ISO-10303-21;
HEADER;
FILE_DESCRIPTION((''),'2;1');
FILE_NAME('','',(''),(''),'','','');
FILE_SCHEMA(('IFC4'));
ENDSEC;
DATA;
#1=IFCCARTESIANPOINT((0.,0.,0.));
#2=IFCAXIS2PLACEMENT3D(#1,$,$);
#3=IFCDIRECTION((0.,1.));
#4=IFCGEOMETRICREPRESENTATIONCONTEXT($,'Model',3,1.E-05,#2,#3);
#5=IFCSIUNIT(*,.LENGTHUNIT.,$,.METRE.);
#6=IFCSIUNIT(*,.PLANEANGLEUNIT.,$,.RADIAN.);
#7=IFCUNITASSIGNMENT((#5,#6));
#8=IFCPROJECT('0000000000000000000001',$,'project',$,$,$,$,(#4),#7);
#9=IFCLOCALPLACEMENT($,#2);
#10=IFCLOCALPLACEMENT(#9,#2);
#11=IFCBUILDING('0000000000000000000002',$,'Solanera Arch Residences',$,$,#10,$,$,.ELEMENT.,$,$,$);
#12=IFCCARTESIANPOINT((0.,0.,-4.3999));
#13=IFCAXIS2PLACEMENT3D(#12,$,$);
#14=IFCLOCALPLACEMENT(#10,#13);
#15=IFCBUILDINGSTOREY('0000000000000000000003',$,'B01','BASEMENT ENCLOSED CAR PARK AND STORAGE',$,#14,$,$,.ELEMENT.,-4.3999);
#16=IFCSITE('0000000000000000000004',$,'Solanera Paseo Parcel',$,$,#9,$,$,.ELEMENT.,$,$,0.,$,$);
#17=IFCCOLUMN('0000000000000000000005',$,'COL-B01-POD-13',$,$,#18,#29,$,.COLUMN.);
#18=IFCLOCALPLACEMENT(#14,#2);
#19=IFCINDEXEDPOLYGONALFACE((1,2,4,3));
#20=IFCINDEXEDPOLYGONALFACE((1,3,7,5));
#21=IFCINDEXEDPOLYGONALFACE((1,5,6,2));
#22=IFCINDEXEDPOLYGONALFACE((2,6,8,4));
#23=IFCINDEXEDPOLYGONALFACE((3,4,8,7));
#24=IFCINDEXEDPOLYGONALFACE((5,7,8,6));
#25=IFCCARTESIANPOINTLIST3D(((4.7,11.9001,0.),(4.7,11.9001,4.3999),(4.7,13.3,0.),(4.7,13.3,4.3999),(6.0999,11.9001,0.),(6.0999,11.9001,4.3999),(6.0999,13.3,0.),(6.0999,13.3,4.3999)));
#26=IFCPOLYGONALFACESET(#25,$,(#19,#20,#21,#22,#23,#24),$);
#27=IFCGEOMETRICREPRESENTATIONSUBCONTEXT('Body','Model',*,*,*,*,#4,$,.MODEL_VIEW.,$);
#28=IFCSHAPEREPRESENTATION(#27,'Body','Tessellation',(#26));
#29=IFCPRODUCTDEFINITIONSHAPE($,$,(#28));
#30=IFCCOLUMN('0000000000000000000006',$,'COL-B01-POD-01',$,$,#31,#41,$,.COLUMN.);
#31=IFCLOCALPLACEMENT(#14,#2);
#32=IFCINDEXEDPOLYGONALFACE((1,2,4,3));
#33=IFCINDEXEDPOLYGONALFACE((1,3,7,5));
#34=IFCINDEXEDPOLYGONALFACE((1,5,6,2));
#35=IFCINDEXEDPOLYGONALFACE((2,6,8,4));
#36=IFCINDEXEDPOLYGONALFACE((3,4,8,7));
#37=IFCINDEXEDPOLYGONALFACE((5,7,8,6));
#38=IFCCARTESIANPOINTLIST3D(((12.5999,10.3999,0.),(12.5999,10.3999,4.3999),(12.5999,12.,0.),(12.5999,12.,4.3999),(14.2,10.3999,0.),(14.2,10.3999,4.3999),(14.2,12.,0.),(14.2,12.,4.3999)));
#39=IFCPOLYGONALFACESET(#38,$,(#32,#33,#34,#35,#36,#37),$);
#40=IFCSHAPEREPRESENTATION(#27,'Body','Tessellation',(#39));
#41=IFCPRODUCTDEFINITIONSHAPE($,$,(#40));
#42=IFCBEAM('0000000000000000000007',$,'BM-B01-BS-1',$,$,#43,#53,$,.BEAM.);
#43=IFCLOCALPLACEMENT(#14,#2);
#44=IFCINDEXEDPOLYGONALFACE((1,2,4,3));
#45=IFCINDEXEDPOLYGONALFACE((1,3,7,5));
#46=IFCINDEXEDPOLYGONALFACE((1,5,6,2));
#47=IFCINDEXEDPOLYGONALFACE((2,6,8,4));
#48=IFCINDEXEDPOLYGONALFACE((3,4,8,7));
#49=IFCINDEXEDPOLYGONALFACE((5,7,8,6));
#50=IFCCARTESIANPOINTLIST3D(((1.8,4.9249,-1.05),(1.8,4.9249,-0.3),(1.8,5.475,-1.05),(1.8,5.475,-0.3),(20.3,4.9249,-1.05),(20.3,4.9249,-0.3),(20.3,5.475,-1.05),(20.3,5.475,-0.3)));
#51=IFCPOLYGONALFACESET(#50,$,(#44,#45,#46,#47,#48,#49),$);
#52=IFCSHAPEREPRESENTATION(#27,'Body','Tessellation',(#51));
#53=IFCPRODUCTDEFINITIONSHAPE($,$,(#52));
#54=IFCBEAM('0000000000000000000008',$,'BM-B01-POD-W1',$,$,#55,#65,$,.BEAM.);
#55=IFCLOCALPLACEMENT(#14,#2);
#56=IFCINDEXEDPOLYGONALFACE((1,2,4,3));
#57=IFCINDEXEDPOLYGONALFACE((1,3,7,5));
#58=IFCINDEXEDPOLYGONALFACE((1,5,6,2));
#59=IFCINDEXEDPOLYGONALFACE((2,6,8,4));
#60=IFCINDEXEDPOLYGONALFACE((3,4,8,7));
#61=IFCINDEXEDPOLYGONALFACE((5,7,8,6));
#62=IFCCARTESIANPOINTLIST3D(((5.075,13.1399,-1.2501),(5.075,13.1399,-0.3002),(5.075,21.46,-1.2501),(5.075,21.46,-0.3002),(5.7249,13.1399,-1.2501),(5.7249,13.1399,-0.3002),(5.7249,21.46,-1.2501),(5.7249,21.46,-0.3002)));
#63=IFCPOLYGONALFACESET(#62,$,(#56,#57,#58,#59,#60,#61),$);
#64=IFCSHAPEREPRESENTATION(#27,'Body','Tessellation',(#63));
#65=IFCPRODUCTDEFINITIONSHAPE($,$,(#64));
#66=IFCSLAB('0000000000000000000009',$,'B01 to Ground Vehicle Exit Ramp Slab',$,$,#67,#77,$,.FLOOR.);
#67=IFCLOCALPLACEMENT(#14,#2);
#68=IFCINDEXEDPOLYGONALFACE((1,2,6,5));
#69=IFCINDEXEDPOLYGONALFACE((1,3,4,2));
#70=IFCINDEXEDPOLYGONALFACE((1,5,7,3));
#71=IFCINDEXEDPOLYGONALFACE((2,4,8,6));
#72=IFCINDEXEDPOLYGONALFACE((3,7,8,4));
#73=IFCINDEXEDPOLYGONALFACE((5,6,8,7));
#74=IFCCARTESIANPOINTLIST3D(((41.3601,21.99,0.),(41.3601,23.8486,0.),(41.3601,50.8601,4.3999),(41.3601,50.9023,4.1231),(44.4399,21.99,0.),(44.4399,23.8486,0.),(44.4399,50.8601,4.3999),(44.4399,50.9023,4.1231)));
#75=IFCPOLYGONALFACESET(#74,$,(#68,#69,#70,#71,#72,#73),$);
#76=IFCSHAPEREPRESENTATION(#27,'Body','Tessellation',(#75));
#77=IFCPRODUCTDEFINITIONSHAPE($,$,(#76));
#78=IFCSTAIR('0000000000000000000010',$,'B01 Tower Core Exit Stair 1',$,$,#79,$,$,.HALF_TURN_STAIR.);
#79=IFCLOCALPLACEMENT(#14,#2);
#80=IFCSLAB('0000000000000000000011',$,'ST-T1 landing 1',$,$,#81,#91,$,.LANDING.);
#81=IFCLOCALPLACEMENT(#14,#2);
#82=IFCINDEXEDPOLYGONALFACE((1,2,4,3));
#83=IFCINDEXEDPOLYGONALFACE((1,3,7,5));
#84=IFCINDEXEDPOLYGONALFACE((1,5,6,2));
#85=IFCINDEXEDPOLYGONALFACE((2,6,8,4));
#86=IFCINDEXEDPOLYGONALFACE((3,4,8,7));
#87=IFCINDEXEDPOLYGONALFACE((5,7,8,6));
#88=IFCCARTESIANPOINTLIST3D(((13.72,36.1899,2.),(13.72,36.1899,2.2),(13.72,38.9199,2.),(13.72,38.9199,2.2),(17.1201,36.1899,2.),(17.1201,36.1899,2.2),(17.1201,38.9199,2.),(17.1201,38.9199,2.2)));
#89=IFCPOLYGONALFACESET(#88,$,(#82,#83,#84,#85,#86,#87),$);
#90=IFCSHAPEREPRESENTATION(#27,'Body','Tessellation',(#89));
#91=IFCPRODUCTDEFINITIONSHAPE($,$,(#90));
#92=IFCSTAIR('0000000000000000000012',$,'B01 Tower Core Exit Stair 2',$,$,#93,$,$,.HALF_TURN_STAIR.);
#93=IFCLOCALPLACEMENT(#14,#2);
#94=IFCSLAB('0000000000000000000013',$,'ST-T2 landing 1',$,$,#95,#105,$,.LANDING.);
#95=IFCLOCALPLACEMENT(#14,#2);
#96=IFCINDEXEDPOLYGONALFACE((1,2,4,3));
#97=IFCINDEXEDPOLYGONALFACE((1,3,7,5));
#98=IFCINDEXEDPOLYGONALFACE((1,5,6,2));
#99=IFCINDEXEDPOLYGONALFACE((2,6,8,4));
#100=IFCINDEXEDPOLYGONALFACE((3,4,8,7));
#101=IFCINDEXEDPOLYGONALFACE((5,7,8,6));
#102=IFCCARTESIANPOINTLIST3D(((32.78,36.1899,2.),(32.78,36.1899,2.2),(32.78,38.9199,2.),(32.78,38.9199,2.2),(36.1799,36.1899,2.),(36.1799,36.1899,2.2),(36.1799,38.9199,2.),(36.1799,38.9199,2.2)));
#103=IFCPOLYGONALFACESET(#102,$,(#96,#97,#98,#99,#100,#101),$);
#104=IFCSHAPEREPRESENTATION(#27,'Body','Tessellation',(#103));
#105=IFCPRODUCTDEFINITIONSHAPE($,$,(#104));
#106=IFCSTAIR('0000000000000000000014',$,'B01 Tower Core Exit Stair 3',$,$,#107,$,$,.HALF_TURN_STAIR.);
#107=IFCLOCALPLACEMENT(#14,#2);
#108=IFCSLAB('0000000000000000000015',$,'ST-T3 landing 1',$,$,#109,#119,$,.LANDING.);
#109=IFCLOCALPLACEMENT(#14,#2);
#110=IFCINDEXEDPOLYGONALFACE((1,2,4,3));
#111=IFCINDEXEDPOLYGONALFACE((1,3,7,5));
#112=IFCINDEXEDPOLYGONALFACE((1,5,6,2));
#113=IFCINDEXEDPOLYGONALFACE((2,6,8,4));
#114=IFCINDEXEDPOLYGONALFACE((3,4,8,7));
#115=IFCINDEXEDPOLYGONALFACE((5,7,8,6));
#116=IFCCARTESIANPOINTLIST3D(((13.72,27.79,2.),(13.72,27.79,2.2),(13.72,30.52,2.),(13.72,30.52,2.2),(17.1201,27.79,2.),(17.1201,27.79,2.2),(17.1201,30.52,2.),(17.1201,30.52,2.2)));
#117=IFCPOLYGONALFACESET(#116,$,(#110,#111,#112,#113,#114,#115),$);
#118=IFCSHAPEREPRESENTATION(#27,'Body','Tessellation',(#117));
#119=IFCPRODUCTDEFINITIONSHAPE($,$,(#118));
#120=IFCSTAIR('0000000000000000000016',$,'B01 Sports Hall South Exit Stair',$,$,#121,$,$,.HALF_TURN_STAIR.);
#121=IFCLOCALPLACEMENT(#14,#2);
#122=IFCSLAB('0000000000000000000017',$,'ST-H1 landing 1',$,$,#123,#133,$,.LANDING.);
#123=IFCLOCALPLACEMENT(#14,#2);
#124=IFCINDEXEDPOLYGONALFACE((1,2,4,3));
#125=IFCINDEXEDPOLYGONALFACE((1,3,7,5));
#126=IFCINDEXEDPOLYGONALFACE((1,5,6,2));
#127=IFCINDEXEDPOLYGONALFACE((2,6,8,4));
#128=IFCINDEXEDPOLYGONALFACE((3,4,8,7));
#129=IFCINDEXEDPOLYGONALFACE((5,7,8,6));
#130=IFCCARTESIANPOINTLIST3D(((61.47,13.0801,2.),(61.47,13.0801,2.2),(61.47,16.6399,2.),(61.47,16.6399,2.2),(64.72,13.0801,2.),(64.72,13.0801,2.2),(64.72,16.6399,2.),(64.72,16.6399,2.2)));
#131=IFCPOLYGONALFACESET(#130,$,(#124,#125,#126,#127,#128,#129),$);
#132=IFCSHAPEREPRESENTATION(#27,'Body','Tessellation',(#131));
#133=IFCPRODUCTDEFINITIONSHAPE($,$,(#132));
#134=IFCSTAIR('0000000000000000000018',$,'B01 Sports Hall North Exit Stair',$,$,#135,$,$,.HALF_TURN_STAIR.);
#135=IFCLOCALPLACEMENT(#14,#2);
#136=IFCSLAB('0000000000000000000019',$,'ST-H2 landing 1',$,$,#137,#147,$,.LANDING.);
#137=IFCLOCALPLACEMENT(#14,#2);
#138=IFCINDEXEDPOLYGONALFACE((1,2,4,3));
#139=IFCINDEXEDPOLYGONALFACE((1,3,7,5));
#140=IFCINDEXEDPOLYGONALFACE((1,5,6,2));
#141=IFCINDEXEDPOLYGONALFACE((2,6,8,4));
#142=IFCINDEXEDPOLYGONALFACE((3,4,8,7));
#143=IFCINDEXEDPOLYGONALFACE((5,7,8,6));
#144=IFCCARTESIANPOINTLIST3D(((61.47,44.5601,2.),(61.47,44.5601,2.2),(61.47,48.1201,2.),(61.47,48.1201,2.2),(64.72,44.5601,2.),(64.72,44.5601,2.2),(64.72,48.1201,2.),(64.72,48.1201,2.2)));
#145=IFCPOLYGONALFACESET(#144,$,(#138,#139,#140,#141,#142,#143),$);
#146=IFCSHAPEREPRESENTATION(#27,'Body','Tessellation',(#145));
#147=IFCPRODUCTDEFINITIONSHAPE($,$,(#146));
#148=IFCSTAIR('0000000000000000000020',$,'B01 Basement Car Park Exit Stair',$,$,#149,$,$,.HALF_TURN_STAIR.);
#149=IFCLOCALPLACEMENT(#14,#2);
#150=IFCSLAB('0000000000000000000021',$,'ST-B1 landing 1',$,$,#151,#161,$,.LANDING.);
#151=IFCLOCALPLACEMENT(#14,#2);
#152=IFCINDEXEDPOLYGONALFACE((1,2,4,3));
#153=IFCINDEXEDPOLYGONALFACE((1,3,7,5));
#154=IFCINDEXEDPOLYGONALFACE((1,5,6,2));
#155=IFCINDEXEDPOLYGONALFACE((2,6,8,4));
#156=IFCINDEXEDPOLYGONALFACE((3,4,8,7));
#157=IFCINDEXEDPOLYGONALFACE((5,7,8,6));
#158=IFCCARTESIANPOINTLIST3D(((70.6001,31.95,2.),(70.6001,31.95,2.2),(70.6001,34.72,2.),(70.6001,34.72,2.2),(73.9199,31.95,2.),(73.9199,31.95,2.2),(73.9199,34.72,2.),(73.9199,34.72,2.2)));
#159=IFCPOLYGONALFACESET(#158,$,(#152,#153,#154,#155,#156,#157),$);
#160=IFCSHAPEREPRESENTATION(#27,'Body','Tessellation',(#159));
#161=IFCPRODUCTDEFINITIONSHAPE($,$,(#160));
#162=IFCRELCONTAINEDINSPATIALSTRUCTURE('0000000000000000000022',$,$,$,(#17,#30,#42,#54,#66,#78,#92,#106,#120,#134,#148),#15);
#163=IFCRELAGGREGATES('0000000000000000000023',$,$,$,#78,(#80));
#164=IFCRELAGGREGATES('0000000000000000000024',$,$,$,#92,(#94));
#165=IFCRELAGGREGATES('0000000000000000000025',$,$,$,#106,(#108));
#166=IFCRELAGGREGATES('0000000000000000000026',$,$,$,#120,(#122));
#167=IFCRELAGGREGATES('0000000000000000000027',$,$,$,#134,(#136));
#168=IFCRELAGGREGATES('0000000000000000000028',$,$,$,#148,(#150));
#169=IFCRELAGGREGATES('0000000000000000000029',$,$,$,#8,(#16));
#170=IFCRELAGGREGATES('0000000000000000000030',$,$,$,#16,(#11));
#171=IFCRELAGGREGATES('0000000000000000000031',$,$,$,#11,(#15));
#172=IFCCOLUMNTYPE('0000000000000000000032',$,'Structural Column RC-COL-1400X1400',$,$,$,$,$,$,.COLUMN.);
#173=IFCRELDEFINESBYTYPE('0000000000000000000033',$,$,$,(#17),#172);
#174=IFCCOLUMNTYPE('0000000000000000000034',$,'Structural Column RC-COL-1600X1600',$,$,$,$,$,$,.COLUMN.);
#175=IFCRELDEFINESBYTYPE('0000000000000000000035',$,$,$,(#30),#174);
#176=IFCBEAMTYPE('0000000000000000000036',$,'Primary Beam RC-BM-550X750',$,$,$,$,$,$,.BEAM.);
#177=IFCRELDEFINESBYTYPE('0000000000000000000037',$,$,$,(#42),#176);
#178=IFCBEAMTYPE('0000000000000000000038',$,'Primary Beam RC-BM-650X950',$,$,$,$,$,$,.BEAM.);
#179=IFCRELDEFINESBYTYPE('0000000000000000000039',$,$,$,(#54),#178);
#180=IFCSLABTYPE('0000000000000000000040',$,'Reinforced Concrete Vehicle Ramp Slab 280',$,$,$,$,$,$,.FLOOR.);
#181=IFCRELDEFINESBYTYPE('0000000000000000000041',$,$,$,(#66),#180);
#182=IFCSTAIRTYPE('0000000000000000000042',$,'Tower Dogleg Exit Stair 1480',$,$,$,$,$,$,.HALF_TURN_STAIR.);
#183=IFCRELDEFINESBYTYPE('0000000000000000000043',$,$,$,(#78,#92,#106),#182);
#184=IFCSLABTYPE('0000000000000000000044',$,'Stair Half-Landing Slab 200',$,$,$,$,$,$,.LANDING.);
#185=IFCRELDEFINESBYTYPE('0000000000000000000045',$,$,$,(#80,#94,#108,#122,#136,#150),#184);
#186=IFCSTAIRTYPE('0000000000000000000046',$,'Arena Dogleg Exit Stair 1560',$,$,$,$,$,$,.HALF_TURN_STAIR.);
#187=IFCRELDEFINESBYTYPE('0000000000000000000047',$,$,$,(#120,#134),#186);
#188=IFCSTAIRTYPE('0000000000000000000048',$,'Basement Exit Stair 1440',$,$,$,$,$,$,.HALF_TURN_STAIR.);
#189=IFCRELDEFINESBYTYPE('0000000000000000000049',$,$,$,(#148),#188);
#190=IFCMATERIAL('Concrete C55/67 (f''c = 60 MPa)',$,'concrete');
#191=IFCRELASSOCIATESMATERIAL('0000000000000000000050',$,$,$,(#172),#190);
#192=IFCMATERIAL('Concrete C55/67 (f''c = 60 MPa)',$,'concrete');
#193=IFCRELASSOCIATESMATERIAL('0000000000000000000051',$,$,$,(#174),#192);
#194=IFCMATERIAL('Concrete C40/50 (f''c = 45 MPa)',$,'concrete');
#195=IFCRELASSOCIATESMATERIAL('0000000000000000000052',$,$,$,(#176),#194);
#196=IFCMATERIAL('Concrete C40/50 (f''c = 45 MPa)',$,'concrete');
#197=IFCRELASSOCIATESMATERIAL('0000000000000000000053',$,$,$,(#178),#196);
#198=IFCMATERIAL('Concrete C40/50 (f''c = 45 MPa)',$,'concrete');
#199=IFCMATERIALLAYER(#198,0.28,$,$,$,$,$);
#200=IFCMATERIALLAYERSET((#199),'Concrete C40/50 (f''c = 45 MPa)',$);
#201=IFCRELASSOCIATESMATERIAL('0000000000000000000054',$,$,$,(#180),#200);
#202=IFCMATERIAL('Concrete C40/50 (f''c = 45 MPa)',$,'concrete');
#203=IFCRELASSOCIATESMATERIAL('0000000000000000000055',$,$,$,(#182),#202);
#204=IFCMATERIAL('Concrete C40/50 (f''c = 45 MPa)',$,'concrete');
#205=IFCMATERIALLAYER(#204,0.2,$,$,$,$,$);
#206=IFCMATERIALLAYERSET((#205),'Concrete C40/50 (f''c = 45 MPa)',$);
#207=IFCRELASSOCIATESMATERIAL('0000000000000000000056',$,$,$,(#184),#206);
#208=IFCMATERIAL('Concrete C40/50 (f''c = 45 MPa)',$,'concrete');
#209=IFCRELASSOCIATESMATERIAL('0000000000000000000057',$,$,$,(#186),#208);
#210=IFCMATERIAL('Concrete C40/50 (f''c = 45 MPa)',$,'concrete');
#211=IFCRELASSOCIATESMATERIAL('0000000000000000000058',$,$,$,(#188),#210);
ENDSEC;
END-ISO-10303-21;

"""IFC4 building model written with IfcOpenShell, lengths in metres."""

from ifc_helpers import new_model, si_unit, direction, frame, origin, origin_with_axes, origin_2d, place, context, subcontext, project, spatial, polyline, rectangle, outline, extrude, clip, halfspace, material, layer, layer_set, material_profile, profile_set, type_object, element, aggregate, save


model = new_model("IFC4")

# Units and contexts
model_context = context("Model", 3, precision=1e-05, world=origin(), true_north=direction((0.0, 1.0)))
body_context = subcontext(model_context, "Body", "Model", "MODEL_VIEW")
ifc_project = project(units=[si_unit("LENGTHUNIT", "METRE"), si_unit("PLANEANGLEUNIT", "RADIAN")], contexts=[model_context])

# Site, building, storey
site_placement = place(None, origin())
site = spatial("IfcSite", under=ifc_project, at=site_placement, Name="Solanera Paseo Parcel", CompositionType="ELEMENT", RefElevation=0.0)
building_placement = place(site_placement, origin())
building = spatial("IfcBuilding", under=site, at=building_placement, Name="Solanera Arch Residences", CompositionType="ELEMENT")
storey_placement = place(building_placement, frame((0.0, 0.0, -4.3999)))
storey = spatial("IfcBuildingStorey", under=building, at=storey_placement, Name="B01", Description="BASEMENT ENCLOSED CAR PARK AND STORAGE", CompositionType="ELEMENT", Elevation=-4.3999)

# Columns
ifc_material_1 = material(Name="Concrete C55/67 (f'c = 60 MPa)", Category="concrete")
ifc_material_profile_1 = material_profile(ifc_material_1, rectangle(XDim=1.3999, YDim=1.3999, at=origin_2d()))
ifc_profile_set_1 = profile_set([ifc_material_profile_1], Name="Concrete C55/67 (f'c = 60 MPa)")
column_type_1 = type_object("IfcColumnType", Name="Structural Column RC-COL-1400X1400", PredefinedType="COLUMN", material=ifc_profile_set_1)
column_1_placement = place(storey_placement, frame((5.3999, 12.6001, 0.0), z_axis=(0.0, 0.0, 1.0), x_axis=(1.0, 0.0, 0.0)))
element("IfcColumn", 1, at=column_1_placement, inside=storey, type_object=column_type_1, Name="COL-B01-POD-13", PredefinedType="COLUMN", context=body_context, shape_type="SweptSolid", body=[
    extrude(rectangle(XDim=1.3999, YDim=1.3999, at=origin_2d()), origin(), (0.0, 0.0, 1.0), 4.3999),
])
ifc_material_2 = material(Name="Concrete C55/67 (f'c = 60 MPa)", Category="concrete")
ifc_material_profile_2 = material_profile(ifc_material_2, rectangle(XDim=1.6001, YDim=1.6001, at=origin_2d()))
ifc_profile_set_2 = profile_set([ifc_material_profile_2], Name="Concrete C55/67 (f'c = 60 MPa)")
column_type_2 = type_object("IfcColumnType", Name="Structural Column RC-COL-1600X1600", PredefinedType="COLUMN", material=ifc_profile_set_2)
column_2_placement = place(storey_placement, frame((13.3999, 11.2, 0.0), z_axis=(0.0, 0.0, 1.0), x_axis=(1.0, 0.0, 0.0)))
element("IfcColumn", 2, at=column_2_placement, inside=storey, type_object=column_type_2, Name="COL-B01-POD-01", PredefinedType="COLUMN", context=body_context, shape_type="SweptSolid", body=[
    extrude(rectangle(XDim=1.6001, YDim=1.6001, at=origin_2d()), origin(), (0.0, 0.0, 1.0), 4.3999),
])

# Beams
ifc_material_3 = material(Name="Concrete C40/50 (f'c = 45 MPa)", Category="concrete")
ifc_material_profile_3 = material_profile(ifc_material_3, rectangle(XDim=0.55, YDim=0.75, at=origin_2d()))
ifc_profile_set_3 = profile_set([ifc_material_profile_3], Name="Concrete C40/50 (f'c = 45 MPa)")
beam_type_1 = type_object("IfcBeamType", Name="Primary Beam RC-BM-550X750", PredefinedType="BEAM", material=ifc_profile_set_3)
beam_1_placement = place(storey_placement, frame((1.8, 5.2, -0.675), z_axis=(1.0, 0.0, 0.0), x_axis=(0.0, 1.0, 0.0)))
element("IfcBeam", 3, at=beam_1_placement, inside=storey, type_object=beam_type_1, Name="BM-B01-BS-1", PredefinedType="BEAM", context=body_context, shape_type="SweptSolid", body=[
    extrude(rectangle(XDim=0.55, YDim=0.75, at=origin_2d()), origin(), (0.0, 0.0, 1.0), 18.5),
])
ifc_material_4 = material(Name="Concrete C40/50 (f'c = 45 MPa)", Category="concrete")
ifc_material_profile_4 = material_profile(ifc_material_4, rectangle(XDim=0.6499, YDim=0.95, at=origin_2d()))
ifc_profile_set_4 = profile_set([ifc_material_profile_4], Name="Concrete C40/50 (f'c = 45 MPa)")
beam_type_2 = type_object("IfcBeamType", Name="Primary Beam RC-BM-650X950", PredefinedType="BEAM", material=ifc_profile_set_4)
beam_2_placement = place(storey_placement, frame((5.3999, 13.1399, -0.7751), z_axis=(0.0, 1.0, 0.0), x_axis=(-1.0, 0.0, 0.0)))
element("IfcBeam", 4, at=beam_2_placement, inside=storey, type_object=beam_type_2, Name="BM-B01-POD-W1", PredefinedType="BEAM", context=body_context, shape_type="SweptSolid", body=[
    extrude(rectangle(XDim=0.6499, YDim=0.95, at=origin_2d()), origin(), (0.0, 0.0, 1.0), 8.3201),
])

# Slab
ifc_material_5 = material(Name="Concrete C40/50 (f'c = 45 MPa)", Category="concrete")
ifc_layer_1 = layer(ifc_material_5, 0.28)
ifc_layer_set_1 = layer_set([ifc_layer_1], Name="Concrete C40/50 (f'c = 45 MPa)")
slab_type_1 = type_object("IfcSlabType", Name="Reinforced Concrete Vehicle Ramp Slab 280", PredefinedType="FLOOR", material=ifc_layer_set_1)
slab_1_placement = place(storey_placement, origin())
element("IfcSlab", 5, at=slab_1_placement, inside=storey, type_object=slab_type_1, Name="B01 to Ground Vehicle Exit Ramp Slab", PredefinedType="FLOOR", context=body_context, shape_type="Clipping", body=[
    clip(extrude(outline(polyline([(0.0, 0.0), (3.0798, 0.0), (3.0798, 29.2035), (0.0, 29.2035), (0.0, 0.0)])), frame((41.3601, 21.99, 0.0), z_axis=(0.0, -0.150664, 0.988585), x_axis=(1.0, 0.0, 0.0)), (0.0, 0.0, -1.0), 0.28), halfspace(origin_with_axes(), True)),
])

# Stairs, slabs
ifc_material_6 = material(Name="Concrete C40/50 (f'c = 45 MPa)", Category="concrete")
stair_type_1 = type_object("IfcStairType", Name="Tower Dogleg Exit Stair 1480", PredefinedType="HALF_TURN_STAIR", material=ifc_material_6)
stair_1_placement = place(storey_placement, origin())
stair_1 = element("IfcStair", 6, at=stair_1_placement, inside=storey, type_object=stair_type_1, Name="B01 Tower Core Exit Stair 1", PredefinedType="HALF_TURN_STAIR")
ifc_material_7 = material(Name="Concrete C40/50 (f'c = 45 MPa)", Category="concrete")
ifc_layer_2 = layer(ifc_material_7, 0.2)
ifc_layer_set_2 = layer_set([ifc_layer_2], Name="Concrete C40/50 (f'c = 45 MPa)")
slab_type_2 = type_object("IfcSlabType", Name="Stair Half-Landing Slab 200", PredefinedType="LANDING", material=ifc_layer_set_2)
slab_2_placement = place(storey_placement, frame((0.0, 0.0, 2.0)))
slab_2 = element("IfcSlab", 7, at=slab_2_placement, type_object=slab_type_2, Name="ST-T1 landing 1", PredefinedType="LANDING", context=body_context, shape_type="SweptSolid", body=[
    extrude(outline(polyline([(17.1201, 36.1899), (17.1201, 38.9199), (13.72, 38.9199), (13.72, 36.1899), (17.1201, 36.1899)])), origin(), (0.0, 0.0, 1.0), 0.2),
])
aggregate(stair_1, [slab_2])
stair_2_placement = place(storey_placement, origin())
stair_2 = element("IfcStair", 8, at=stair_2_placement, inside=storey, type_object=stair_type_1, Name="B01 Tower Core Exit Stair 2", PredefinedType="HALF_TURN_STAIR")
slab_3_placement = place(storey_placement, frame((0.0, 0.0, 2.0)))
slab_3 = element("IfcSlab", 9, at=slab_3_placement, type_object=slab_type_2, Name="ST-T2 landing 1", PredefinedType="LANDING", context=body_context, shape_type="SweptSolid", body=[
    extrude(outline(polyline([(36.1799, 36.1899), (36.1799, 38.9199), (32.78, 38.9199), (32.78, 36.1899), (36.1799, 36.1899)])), origin(), (0.0, 0.0, 1.0), 0.2),
])
aggregate(stair_2, [slab_3])
stair_3_placement = place(storey_placement, origin())
stair_3 = element("IfcStair", 10, at=stair_3_placement, inside=storey, type_object=stair_type_1, Name="B01 Tower Core Exit Stair 3", PredefinedType="HALF_TURN_STAIR")
slab_4_placement = place(storey_placement, frame((0.0, 0.0, 2.0)))
slab_4 = element("IfcSlab", 11, at=slab_4_placement, type_object=slab_type_2, Name="ST-T3 landing 1", PredefinedType="LANDING", context=body_context, shape_type="SweptSolid", body=[
    extrude(outline(polyline([(17.1201, 27.79), (17.1201, 30.52), (13.72, 30.52), (13.72, 27.79), (17.1201, 27.79)])), origin(), (0.0, 0.0, 1.0), 0.2),
])
aggregate(stair_3, [slab_4])
ifc_material_8 = material(Name="Concrete C40/50 (f'c = 45 MPa)", Category="concrete")
stair_type_2 = type_object("IfcStairType", Name="Arena Dogleg Exit Stair 1560", PredefinedType="HALF_TURN_STAIR", material=ifc_material_8)
stair_4_placement = place(storey_placement, origin())
stair_4 = element("IfcStair", 12, at=stair_4_placement, inside=storey, type_object=stair_type_2, Name="B01 Sports Hall South Exit Stair", PredefinedType="HALF_TURN_STAIR")
slab_5_placement = place(storey_placement, frame((0.0, 0.0, 2.0)))
slab_5 = element("IfcSlab", 13, at=slab_5_placement, type_object=slab_type_2, Name="ST-H1 landing 1", PredefinedType="LANDING", context=body_context, shape_type="SweptSolid", body=[
    extrude(outline(polyline([(61.47, 13.0801), (64.72, 13.0801), (64.72, 16.6399), (61.47, 16.6399), (61.47, 13.0801)])), origin(), (0.0, 0.0, 1.0), 0.2),
])
aggregate(stair_4, [slab_5])
stair_5_placement = place(storey_placement, origin())
stair_5 = element("IfcStair", 14, at=stair_5_placement, inside=storey, type_object=stair_type_2, Name="B01 Sports Hall North Exit Stair", PredefinedType="HALF_TURN_STAIR")
slab_6_placement = place(storey_placement, frame((0.0, 0.0, 2.0)))
slab_6 = element("IfcSlab", 15, at=slab_6_placement, type_object=slab_type_2, Name="ST-H2 landing 1", PredefinedType="LANDING", context=body_context, shape_type="SweptSolid", body=[
    extrude(outline(polyline([(61.47, 44.5601), (64.72, 44.5601), (64.72, 48.1201), (61.47, 48.1201), (61.47, 44.5601)])), origin(), (0.0, 0.0, 1.0), 0.2),
])
aggregate(stair_5, [slab_6])
ifc_material_9 = material(Name="Concrete C40/50 (f'c = 45 MPa)", Category="concrete")
stair_type_3 = type_object("IfcStairType", Name="Basement Exit Stair 1440", PredefinedType="HALF_TURN_STAIR", material=ifc_material_9)
stair_6_placement = place(storey_placement, origin())
stair_6 = element("IfcStair", 16, at=stair_6_placement, inside=storey, type_object=stair_type_3, Name="B01 Basement Car Park Exit Stair", PredefinedType="HALF_TURN_STAIR")
slab_7_placement = place(storey_placement, frame((0.0, 0.0, 2.0)))
slab_7 = element("IfcSlab", 17, at=slab_7_placement, type_object=slab_type_2, Name="ST-B1 landing 1", PredefinedType="LANDING", context=body_context, shape_type="SweptSolid", body=[
    extrude(outline(polyline([(73.9199, 31.95), (73.9199, 34.72), (70.6001, 34.72), (70.6001, 31.95), (73.9199, 31.95)])), origin(), (0.0, 0.0, 1.0), 0.2),
])
aggregate(stair_6, [slab_7])

save(model, "model.ifc")
